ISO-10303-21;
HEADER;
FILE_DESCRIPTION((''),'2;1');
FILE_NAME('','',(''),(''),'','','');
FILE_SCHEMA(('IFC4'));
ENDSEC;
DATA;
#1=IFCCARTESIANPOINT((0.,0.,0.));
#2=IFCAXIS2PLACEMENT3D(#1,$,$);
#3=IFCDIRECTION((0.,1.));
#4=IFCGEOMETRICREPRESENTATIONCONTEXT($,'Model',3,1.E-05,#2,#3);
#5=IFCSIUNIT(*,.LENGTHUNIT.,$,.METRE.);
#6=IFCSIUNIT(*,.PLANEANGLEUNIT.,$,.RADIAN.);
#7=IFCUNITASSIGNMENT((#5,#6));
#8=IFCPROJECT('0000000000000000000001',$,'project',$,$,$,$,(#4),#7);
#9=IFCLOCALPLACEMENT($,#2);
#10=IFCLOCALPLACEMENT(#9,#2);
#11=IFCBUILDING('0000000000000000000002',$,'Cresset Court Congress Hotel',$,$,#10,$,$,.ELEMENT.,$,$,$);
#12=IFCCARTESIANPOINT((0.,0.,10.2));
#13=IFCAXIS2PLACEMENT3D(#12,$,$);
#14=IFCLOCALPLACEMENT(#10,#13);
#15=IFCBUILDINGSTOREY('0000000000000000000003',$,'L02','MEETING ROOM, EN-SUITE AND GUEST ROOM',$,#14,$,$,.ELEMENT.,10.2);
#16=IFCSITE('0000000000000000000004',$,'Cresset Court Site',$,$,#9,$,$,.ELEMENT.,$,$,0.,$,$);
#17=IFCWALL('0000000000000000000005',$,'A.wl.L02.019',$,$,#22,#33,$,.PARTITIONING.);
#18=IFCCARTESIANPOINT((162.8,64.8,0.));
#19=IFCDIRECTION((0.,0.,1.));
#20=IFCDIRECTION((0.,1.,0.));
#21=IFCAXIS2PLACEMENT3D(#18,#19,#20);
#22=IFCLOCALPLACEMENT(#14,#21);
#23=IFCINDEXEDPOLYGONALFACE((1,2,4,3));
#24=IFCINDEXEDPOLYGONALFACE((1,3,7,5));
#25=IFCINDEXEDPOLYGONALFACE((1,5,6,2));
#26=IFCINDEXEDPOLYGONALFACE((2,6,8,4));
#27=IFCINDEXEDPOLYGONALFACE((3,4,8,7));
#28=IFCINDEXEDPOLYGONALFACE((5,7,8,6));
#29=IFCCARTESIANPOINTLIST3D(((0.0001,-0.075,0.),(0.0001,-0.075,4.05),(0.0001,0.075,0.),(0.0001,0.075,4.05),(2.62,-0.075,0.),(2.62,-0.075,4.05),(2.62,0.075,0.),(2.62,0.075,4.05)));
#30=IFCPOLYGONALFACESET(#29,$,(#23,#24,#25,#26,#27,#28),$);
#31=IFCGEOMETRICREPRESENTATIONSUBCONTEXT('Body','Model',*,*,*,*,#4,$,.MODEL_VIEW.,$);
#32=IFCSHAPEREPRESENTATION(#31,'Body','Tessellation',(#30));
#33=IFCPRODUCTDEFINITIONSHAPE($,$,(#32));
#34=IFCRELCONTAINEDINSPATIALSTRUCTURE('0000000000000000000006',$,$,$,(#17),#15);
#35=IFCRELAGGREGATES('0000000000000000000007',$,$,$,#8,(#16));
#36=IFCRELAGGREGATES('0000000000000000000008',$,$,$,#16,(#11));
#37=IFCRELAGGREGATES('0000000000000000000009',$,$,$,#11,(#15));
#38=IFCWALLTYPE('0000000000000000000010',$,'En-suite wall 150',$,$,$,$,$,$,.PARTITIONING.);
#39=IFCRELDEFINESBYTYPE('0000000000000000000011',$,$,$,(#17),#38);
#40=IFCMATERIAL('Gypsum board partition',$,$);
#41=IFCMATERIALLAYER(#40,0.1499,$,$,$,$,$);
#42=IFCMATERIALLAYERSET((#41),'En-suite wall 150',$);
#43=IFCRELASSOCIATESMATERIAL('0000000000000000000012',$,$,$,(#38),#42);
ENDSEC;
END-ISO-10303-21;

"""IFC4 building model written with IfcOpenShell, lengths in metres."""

from ifc_helpers import new_model, si_unit, direction, frame, frame_2d, origin, place, context, subcontext, project, spatial, rectangle, extrude, material, layer, layer_set, type_object, element, save


model = new_model("IFC4")

# Units and contexts
model_context = context("Model", 3, precision=1e-05, world=origin(), true_north=direction((0.0, 1.0)))
body_context = subcontext(model_context, "Body", "Model", "MODEL_VIEW")
ifc_project = project(units=[si_unit("LENGTHUNIT", "METRE"), si_unit("PLANEANGLEUNIT", "RADIAN")], contexts=[model_context])

# Site, building, storey
site_placement = place(None, origin())
site = spatial("IfcSite", under=ifc_project, at=site_placement, Name="Cresset Court Site", CompositionType="ELEMENT", RefElevation=0.0)
building_placement = place(site_placement, origin())
building = spatial("IfcBuilding", under=site, at=building_placement, Name="Cresset Court Congress Hotel", CompositionType="ELEMENT")
storey_placement = place(building_placement, frame((0.0, 0.0, 10.2)))
storey = spatial("IfcBuildingStorey", under=building, at=storey_placement, Name="L02", Description="MEETING ROOM, EN-SUITE AND GUEST ROOM", CompositionType="ELEMENT", Elevation=10.2)

# Shared definitions
ifc_material_1 = material(Name="Gypsum board partition")
ifc_layer_1 = layer(ifc_material_1, 0.1499)
ifc_layer_set_1 = layer_set([ifc_layer_1], Name="En-suite wall 150")
wall_type_1 = type_object("IfcWallType", Name="En-suite wall 150", PredefinedType="PARTITIONING", material=ifc_layer_set_1)

# Wall
wall_1_placement = place(storey_placement, frame((162.8, 64.8, 0.0), z_axis=(0.0, 0.0, 1.0), x_axis=(0.0, 1.0, 0.0)))
element("IfcWall", 1, at=wall_1_placement, inside=storey, type_object=wall_type_1, Name="A.wl.L02.019", PredefinedType="PARTITIONING", context=body_context, shape_type="SweptSolid", body=[
    extrude(rectangle(XDim=2.6199, YDim=0.1499, at=frame_2d((1.3101, 0.0))), origin(), (0.0, 0.0, 1.0), 4.05),
])

save(model, "model.ifc")
